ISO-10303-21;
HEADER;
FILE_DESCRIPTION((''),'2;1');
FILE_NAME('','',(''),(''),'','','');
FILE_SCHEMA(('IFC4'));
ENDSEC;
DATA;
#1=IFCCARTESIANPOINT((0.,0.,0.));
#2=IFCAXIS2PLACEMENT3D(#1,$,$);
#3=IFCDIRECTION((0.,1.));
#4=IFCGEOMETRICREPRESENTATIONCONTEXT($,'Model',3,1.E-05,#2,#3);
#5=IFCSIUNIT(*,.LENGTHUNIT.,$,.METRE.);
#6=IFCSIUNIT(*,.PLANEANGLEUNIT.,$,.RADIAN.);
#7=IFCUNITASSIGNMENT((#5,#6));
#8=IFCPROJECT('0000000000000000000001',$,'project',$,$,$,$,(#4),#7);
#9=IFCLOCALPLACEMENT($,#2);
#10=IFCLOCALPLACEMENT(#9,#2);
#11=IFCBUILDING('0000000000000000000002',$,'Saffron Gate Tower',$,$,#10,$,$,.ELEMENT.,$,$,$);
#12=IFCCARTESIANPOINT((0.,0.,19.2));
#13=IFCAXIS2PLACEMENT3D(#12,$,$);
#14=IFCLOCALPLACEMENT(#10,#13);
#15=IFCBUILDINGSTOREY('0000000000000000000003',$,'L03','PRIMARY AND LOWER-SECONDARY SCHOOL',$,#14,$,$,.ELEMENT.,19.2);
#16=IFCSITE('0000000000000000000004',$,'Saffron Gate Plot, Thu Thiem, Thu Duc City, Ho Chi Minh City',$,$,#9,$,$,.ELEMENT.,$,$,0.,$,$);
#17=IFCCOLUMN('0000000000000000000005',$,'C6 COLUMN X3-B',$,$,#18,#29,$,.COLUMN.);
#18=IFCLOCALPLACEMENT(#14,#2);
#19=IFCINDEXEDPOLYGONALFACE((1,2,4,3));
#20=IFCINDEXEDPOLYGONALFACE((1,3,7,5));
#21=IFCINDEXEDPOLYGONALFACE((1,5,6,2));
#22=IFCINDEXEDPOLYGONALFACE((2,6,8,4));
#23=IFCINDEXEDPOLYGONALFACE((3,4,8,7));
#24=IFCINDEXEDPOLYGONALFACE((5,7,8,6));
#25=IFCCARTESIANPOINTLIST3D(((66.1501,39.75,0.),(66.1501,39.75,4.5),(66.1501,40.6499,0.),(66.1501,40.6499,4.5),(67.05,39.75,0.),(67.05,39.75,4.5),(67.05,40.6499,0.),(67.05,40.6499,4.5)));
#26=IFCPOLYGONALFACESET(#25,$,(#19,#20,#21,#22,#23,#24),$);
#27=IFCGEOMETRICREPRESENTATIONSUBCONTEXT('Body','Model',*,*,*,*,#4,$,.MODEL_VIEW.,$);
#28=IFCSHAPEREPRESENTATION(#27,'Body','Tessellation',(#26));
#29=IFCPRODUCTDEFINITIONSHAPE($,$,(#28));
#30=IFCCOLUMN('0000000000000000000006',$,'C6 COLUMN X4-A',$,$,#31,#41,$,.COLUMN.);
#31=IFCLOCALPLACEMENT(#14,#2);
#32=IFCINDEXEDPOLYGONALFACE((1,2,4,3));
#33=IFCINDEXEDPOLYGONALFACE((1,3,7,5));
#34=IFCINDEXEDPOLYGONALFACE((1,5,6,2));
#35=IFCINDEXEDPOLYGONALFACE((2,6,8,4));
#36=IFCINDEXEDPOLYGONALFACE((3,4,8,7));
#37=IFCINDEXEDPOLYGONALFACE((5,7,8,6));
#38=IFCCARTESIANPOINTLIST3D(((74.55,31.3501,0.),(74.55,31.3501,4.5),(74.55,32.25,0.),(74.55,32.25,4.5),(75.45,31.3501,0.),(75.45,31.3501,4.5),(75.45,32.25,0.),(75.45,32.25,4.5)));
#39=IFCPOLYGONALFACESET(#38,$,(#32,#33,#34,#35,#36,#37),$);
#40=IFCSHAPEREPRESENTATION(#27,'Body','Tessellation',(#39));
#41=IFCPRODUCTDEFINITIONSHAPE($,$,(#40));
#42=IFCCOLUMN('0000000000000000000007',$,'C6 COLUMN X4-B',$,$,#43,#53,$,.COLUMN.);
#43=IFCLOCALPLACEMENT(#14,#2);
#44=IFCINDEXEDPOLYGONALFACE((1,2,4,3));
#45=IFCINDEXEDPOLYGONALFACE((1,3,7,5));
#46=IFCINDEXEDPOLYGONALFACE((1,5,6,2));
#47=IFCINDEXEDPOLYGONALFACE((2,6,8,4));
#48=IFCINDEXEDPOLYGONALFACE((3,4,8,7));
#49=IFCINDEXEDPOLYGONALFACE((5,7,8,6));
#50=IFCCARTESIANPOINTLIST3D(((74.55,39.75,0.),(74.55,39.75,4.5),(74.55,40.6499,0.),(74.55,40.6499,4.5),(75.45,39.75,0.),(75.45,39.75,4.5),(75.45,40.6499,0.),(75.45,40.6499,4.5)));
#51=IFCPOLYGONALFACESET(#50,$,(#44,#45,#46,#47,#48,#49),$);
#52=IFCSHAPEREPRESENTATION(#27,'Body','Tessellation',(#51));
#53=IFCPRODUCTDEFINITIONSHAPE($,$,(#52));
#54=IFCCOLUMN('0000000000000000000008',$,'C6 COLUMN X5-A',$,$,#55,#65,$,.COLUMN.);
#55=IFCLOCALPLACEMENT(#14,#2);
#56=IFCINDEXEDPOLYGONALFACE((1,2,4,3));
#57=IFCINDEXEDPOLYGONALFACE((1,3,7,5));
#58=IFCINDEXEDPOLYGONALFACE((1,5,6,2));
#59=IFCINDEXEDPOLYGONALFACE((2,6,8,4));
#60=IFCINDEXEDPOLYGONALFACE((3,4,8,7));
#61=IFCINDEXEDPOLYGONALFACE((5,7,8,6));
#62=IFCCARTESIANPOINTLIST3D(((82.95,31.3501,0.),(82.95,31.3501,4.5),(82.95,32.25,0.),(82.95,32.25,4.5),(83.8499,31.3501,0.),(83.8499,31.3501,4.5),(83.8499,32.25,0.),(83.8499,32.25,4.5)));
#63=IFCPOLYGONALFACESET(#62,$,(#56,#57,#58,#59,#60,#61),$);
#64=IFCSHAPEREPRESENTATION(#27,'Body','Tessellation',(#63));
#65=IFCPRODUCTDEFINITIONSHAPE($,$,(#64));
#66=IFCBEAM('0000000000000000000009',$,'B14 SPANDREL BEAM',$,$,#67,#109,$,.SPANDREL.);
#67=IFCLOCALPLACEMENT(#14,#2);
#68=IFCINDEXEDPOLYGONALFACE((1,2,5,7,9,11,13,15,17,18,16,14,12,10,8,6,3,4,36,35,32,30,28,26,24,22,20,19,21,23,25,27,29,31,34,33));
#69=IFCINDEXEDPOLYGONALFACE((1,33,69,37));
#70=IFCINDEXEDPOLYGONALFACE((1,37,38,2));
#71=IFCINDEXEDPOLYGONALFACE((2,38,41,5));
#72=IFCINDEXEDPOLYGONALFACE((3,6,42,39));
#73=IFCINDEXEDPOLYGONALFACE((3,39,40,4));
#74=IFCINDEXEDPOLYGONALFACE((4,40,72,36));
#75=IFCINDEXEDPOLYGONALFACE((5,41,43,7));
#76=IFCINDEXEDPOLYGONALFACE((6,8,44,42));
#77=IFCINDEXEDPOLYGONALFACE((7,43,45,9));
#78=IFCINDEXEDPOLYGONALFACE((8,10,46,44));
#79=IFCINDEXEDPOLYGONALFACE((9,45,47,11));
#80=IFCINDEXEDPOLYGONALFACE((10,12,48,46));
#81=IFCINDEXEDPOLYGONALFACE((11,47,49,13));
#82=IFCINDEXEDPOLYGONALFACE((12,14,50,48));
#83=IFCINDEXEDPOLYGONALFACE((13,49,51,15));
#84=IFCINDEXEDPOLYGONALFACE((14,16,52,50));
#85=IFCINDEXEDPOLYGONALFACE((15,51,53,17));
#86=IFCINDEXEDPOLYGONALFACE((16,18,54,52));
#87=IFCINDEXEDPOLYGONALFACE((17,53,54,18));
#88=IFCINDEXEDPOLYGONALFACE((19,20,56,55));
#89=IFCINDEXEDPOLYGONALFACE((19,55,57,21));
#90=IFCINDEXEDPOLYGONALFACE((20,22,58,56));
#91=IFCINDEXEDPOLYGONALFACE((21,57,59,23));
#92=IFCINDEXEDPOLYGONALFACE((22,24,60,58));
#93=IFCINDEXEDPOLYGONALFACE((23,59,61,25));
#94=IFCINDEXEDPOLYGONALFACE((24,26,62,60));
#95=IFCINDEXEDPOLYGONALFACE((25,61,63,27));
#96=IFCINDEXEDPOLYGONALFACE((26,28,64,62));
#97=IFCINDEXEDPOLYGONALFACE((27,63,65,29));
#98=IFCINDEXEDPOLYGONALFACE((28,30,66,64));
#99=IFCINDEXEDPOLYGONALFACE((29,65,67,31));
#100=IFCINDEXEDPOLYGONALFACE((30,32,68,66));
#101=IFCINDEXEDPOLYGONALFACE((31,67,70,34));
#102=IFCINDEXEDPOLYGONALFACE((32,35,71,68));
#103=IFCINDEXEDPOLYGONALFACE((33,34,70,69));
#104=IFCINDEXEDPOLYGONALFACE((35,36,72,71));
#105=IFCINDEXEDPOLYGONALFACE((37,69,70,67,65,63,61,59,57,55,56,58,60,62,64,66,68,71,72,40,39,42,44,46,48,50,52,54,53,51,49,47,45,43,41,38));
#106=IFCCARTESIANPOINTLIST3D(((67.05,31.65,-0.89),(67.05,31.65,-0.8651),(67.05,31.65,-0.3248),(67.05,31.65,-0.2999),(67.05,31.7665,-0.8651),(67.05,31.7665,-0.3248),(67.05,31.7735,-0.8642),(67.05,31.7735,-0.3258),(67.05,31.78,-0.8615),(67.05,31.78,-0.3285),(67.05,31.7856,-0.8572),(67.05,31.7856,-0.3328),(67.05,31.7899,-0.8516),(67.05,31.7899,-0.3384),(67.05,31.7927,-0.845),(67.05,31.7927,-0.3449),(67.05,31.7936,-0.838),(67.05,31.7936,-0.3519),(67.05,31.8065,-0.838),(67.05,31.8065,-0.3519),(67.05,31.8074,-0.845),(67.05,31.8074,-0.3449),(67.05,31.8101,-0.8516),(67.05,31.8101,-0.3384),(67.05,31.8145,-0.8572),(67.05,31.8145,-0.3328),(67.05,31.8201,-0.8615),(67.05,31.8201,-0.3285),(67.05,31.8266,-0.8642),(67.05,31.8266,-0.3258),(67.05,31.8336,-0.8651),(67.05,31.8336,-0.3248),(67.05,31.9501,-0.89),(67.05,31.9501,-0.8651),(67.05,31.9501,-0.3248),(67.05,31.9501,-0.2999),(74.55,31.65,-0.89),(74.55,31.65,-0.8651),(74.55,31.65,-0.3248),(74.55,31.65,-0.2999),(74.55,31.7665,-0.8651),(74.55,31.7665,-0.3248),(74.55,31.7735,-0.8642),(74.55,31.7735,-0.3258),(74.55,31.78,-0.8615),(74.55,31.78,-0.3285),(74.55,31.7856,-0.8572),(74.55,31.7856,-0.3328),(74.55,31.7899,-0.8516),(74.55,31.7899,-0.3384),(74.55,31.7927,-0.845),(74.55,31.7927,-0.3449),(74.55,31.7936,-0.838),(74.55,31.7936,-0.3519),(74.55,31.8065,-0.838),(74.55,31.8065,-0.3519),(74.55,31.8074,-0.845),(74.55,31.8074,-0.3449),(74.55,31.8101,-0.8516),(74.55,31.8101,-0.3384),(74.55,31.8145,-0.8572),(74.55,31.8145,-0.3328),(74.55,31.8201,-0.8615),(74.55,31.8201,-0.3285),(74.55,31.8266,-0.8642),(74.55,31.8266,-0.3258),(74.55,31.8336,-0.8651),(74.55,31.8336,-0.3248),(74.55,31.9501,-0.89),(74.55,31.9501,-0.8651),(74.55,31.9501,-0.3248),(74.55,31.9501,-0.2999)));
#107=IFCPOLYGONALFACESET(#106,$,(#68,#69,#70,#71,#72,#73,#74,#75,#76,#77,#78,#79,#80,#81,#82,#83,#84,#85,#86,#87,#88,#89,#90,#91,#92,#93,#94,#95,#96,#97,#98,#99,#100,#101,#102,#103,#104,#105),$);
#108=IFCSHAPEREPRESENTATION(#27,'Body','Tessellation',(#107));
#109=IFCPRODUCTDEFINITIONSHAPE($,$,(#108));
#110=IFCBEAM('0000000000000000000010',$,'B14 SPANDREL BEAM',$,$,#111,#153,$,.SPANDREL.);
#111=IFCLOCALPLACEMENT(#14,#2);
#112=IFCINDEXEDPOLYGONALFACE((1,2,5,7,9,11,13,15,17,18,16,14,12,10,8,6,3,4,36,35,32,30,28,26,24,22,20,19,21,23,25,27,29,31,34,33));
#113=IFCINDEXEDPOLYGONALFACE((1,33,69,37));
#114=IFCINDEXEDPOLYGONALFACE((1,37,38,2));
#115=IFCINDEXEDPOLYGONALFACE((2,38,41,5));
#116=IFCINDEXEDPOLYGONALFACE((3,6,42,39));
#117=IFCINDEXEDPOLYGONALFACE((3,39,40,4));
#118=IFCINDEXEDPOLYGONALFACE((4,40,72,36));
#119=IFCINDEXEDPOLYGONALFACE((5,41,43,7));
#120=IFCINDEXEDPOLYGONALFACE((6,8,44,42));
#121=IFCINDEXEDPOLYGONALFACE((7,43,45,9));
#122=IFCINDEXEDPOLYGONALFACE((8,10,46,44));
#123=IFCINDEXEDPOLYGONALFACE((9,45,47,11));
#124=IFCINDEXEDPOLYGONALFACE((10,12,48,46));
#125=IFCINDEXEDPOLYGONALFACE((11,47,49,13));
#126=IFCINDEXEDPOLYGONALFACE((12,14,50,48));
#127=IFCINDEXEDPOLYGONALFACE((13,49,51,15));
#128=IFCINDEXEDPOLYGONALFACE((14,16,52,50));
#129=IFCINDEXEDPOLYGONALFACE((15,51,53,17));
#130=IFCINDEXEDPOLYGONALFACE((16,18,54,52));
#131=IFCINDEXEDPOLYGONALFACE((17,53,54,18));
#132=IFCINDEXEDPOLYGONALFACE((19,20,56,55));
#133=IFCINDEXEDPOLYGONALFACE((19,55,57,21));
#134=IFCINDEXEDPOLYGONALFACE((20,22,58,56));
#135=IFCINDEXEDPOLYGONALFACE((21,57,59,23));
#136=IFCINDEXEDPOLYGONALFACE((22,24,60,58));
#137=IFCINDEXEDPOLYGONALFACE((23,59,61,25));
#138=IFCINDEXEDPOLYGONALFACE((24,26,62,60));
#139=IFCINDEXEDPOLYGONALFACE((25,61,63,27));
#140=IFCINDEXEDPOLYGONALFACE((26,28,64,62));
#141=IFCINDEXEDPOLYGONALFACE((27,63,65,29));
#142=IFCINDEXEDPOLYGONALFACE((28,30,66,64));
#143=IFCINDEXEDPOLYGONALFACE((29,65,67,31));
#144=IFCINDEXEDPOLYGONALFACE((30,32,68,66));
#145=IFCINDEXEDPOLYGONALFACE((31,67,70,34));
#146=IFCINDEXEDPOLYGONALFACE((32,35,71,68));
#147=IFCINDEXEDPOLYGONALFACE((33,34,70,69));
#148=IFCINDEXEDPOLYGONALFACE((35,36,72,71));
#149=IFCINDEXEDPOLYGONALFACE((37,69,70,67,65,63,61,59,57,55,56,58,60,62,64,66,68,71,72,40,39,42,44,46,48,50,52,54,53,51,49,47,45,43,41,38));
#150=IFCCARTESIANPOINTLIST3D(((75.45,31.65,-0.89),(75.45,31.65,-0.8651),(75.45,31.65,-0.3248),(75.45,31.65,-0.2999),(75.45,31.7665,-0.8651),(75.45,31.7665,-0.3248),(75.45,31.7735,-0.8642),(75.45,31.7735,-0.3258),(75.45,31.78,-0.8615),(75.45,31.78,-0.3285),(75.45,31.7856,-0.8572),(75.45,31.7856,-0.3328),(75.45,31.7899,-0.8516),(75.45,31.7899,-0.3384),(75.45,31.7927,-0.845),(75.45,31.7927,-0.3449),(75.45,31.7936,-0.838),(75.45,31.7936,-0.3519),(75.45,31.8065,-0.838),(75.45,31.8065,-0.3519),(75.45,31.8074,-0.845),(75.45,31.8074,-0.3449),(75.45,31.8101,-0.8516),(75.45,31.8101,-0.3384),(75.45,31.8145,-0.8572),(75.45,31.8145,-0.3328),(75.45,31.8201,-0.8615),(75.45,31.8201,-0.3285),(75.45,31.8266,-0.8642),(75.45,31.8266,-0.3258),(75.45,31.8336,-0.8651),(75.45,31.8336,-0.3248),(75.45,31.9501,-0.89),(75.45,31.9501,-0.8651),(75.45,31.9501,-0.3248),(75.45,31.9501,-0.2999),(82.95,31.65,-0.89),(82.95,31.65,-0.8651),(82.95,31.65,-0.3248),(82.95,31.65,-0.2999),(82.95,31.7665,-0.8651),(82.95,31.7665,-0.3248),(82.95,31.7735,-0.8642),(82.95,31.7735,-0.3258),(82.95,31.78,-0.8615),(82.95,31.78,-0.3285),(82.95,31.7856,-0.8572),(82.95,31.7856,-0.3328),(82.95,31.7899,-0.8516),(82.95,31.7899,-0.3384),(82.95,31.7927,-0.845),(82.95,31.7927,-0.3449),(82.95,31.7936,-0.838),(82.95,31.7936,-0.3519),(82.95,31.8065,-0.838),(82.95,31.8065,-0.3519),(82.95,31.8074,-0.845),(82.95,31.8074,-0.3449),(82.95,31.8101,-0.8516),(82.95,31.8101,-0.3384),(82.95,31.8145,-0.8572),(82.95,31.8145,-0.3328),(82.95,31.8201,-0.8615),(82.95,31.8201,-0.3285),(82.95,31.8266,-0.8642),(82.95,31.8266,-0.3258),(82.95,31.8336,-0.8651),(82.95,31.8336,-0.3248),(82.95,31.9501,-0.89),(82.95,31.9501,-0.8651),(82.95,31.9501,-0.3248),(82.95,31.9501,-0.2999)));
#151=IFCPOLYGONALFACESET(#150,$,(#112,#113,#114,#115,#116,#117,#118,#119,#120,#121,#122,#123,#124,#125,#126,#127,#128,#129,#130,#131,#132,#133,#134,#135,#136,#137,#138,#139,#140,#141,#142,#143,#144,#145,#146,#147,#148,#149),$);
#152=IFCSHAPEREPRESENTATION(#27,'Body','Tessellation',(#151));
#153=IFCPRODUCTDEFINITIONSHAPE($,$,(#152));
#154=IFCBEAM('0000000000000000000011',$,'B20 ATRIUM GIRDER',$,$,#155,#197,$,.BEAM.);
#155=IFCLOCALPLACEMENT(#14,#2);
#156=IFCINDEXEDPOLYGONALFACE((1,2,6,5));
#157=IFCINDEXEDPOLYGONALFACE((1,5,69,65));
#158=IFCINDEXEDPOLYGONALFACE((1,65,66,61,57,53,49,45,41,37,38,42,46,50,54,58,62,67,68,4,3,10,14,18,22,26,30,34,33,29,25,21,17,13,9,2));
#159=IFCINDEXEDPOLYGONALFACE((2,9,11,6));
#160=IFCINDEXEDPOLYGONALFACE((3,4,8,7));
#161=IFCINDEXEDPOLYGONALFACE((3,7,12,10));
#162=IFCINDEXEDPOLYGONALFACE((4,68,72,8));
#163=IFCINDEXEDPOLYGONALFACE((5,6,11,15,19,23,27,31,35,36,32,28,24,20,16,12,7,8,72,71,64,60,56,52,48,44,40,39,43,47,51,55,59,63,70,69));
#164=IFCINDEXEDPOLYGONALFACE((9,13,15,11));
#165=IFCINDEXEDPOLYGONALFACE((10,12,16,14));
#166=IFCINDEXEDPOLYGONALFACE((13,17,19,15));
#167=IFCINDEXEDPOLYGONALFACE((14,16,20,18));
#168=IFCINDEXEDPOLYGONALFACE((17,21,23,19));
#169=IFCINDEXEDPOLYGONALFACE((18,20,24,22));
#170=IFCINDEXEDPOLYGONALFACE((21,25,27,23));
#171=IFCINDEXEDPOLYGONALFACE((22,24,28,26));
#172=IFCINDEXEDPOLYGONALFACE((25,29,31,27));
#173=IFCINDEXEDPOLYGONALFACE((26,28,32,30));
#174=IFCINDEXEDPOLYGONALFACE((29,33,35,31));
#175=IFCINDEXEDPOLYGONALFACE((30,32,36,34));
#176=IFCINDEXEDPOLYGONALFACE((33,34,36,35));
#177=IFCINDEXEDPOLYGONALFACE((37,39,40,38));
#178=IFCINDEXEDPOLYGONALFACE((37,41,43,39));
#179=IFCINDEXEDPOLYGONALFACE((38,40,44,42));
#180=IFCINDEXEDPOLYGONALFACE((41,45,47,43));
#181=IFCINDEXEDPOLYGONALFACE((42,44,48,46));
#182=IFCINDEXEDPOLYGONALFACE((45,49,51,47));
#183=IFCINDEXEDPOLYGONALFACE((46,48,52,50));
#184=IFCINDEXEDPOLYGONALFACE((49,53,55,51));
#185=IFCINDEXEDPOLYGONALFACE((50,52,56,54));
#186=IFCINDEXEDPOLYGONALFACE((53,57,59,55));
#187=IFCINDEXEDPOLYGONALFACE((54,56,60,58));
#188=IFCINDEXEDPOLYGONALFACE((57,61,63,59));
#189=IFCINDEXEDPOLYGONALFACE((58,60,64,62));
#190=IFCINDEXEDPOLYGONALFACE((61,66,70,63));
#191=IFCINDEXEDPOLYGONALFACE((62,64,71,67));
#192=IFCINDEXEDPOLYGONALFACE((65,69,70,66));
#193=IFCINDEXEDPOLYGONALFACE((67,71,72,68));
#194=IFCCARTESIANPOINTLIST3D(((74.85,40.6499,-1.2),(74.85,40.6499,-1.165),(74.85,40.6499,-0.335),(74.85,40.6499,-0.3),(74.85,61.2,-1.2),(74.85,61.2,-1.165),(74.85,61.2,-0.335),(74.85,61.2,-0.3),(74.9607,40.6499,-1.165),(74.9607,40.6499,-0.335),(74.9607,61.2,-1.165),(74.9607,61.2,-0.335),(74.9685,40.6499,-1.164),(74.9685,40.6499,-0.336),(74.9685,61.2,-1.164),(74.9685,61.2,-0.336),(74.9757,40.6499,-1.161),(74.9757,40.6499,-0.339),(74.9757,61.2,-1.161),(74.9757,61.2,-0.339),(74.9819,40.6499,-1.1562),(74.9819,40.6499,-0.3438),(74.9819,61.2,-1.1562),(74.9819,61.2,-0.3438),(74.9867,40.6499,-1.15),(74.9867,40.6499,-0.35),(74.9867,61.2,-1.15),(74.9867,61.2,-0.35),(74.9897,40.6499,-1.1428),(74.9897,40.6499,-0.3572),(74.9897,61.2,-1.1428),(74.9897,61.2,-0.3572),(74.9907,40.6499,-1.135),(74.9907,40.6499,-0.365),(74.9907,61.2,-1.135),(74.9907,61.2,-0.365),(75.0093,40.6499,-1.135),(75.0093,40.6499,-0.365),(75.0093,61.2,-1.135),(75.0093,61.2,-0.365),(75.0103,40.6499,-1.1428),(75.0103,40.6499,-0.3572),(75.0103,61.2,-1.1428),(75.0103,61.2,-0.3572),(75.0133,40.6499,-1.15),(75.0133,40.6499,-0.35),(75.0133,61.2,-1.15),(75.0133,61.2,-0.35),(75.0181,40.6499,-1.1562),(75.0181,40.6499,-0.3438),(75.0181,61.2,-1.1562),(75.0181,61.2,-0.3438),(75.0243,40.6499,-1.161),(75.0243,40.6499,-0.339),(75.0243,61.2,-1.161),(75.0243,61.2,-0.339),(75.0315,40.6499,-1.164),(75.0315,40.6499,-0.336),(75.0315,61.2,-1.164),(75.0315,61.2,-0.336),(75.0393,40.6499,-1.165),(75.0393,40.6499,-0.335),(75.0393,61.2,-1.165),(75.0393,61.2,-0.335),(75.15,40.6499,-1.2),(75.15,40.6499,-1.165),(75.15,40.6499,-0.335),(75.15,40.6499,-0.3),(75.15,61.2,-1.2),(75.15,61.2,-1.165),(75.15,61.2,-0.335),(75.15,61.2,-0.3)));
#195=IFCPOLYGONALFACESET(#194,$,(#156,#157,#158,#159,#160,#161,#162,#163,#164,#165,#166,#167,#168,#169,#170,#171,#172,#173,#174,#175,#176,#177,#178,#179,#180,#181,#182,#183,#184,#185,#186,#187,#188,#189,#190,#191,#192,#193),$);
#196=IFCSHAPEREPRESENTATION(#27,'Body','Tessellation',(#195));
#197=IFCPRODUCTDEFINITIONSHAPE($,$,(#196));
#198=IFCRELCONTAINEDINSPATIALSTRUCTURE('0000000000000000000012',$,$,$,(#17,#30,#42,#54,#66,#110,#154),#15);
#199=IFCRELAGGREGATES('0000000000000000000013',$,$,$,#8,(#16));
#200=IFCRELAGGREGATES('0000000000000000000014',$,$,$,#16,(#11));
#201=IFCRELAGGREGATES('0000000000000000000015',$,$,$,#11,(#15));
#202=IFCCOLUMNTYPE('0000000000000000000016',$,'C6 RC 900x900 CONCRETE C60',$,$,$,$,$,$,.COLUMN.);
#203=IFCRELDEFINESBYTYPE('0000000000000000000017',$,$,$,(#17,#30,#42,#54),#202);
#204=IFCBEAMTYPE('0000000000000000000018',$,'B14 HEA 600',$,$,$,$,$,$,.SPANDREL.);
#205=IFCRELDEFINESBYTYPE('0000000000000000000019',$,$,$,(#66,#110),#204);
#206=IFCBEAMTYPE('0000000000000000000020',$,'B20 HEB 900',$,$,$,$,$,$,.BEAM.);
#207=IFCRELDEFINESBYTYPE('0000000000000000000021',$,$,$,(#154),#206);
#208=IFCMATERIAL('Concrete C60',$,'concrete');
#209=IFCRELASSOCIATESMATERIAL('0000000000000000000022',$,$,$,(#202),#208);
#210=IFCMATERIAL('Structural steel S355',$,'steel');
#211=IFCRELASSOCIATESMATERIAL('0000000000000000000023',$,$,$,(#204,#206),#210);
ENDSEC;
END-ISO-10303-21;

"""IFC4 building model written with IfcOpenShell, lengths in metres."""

from ifc_helpers import new_model, si_unit, direction, frame, origin, origin_2d, place, context, subcontext, project, spatial, rectangle, i_section, extrude, material, material_profile, profile_set, type_object, element, save


model = new_model("IFC4")

# Units and contexts
model_context = context("Model", 3, precision=1e-05, world=origin(), true_north=direction((0.0, 1.0)))
body_context = subcontext(model_context, "Body", "Model", "MODEL_VIEW")
ifc_project = project(units=[si_unit("LENGTHUNIT", "METRE"), si_unit("PLANEANGLEUNIT", "RADIAN")], contexts=[model_context])

# Site, building, storey
site_placement = place(None, origin())
site = spatial("IfcSite", under=ifc_project, at=site_placement, Name="Saffron Gate Plot, Thu Thiem, Thu Duc City, Ho Chi Minh City", CompositionType="ELEMENT", RefElevation=0.0)
building_placement = place(site_placement, origin())
building = spatial("IfcBuilding", under=site, at=building_placement, Name="Saffron Gate Tower", CompositionType="ELEMENT")
storey_placement = place(building_placement, frame((0.0, 0.0, 19.2)))
storey = spatial("IfcBuildingStorey", under=building, at=storey_placement, Name="L03", Description="PRIMARY AND LOWER-SECONDARY SCHOOL", CompositionType="ELEMENT", Elevation=19.2)

# Columns
ifc_material_1 = material(Name="Concrete C60", Category="concrete")
ifc_material_profile_1 = material_profile(ifc_material_1, rectangle(XDim=0.8999, YDim=0.8999, at=origin_2d()))
ifc_profile_set_1 = profile_set([ifc_material_profile_1], Name="Concrete C60")
column_type = type_object("IfcColumnType", Name="C6 RC 900x900 CONCRETE C60", PredefinedType="COLUMN", material=ifc_profile_set_1)
for number, where, z_axis, x_axis, name in (
    (1, (66.6001, 40.2, 0.0), (0.0, 0.0, 1.0), (1.0, 0.0, 0.0), "C6 COLUMN X3-B"),
    (2, (75.0, 31.8, 0.0), (0.0, 0.0, 1.0), (1.0, 0.0, 0.0), "C6 COLUMN X4-A"),
    (3, (75.0, 40.2, 0.0), (0.0, 0.0, 1.0), (1.0, 0.0, 0.0), "C6 COLUMN X4-B"),
    (4, (83.3999, 31.8, 0.0), (0.0, 0.0, 1.0), (1.0, 0.0, 0.0), "C6 COLUMN X5-A"),
):
    element("IfcColumn", number, at=place(storey_placement, frame(where, z_axis=z_axis, x_axis=x_axis)), inside=storey, type_object=column_type, Name=name, PredefinedType="COLUMN", context=body_context, shape_type="SweptSolid", body=[
        extrude(rectangle(XDim=0.8999, YDim=0.8999, at=origin_2d()), origin(), (0.0, 0.0, 1.0), 4.5),
    ])

# Beams
ifc_material_2 = material(Name="Structural steel S355", Category="steel")
ifc_material_profile_2 = material_profile(ifc_material_2, i_section(OverallWidth=0.3, OverallDepth=0.5901, WebThickness=0.0129, FlangeThickness=0.0249, FilletRadius=0.0271, at=origin_2d()))
ifc_profile_set_2 = profile_set([ifc_material_profile_2], Name="Structural steel S355")
beam_type_1 = type_object("IfcBeamType", Name="B14 HEA 600", PredefinedType="SPANDREL", material=ifc_profile_set_2)
for number, where, z_axis, x_axis, name in (
    (5, (67.05, 31.8, -0.595), (1.0, 0.0, 0.0), (0.0, 1.0, 0.0), "B14 SPANDREL BEAM"),
    (6, (75.45, 31.8, -0.595), (1.0, 0.0, 0.0), (0.0, 1.0, 0.0), "B14 SPANDREL BEAM"),
):
    element("IfcBeam", number, at=place(storey_placement, frame(where, z_axis=z_axis, x_axis=x_axis)), inside=storey, type_object=beam_type_1, Name=name, PredefinedType="SPANDREL", context=body_context, shape_type="SweptSolid", body=[
        extrude(i_section(OverallWidth=0.3, OverallDepth=0.5901, WebThickness=0.0129, FlangeThickness=0.0249, FilletRadius=0.0271, at=origin_2d()), origin(), (0.0, 0.0, 1.0), 7.5),
    ])
ifc_material_profile_3 = material_profile(ifc_material_2, i_section(OverallWidth=0.3, OverallDepth=0.8999, WebThickness=0.0186, FlangeThickness=0.0349, FilletRadius=0.03, at=origin_2d()))
ifc_profile_set_3 = profile_set([ifc_material_profile_3], Name="Structural steel S355")
beam_type_2 = type_object("IfcBeamType", Name="B20 HEB 900", PredefinedType="BEAM", material=ifc_profile_set_3)
beam_1_placement = place(storey_placement, frame((75.0, 40.6499, -0.75), z_axis=(0.0, 1.0, 0.0), x_axis=(-1.0, 0.0, 0.0)))
element("IfcBeam", 7, at=beam_1_placement, inside=storey, type_object=beam_type_2, Name="B20 ATRIUM GIRDER", PredefinedType="BEAM", context=body_context, shape_type="SweptSolid", body=[
    extrude(i_section(OverallWidth=0.3, OverallDepth=0.8999, WebThickness=0.0186, FlangeThickness=0.0349, FilletRadius=0.03, at=origin_2d()), origin(), (0.0, 0.0, 1.0), 20.55),
])

save(model, "model.ifc")
